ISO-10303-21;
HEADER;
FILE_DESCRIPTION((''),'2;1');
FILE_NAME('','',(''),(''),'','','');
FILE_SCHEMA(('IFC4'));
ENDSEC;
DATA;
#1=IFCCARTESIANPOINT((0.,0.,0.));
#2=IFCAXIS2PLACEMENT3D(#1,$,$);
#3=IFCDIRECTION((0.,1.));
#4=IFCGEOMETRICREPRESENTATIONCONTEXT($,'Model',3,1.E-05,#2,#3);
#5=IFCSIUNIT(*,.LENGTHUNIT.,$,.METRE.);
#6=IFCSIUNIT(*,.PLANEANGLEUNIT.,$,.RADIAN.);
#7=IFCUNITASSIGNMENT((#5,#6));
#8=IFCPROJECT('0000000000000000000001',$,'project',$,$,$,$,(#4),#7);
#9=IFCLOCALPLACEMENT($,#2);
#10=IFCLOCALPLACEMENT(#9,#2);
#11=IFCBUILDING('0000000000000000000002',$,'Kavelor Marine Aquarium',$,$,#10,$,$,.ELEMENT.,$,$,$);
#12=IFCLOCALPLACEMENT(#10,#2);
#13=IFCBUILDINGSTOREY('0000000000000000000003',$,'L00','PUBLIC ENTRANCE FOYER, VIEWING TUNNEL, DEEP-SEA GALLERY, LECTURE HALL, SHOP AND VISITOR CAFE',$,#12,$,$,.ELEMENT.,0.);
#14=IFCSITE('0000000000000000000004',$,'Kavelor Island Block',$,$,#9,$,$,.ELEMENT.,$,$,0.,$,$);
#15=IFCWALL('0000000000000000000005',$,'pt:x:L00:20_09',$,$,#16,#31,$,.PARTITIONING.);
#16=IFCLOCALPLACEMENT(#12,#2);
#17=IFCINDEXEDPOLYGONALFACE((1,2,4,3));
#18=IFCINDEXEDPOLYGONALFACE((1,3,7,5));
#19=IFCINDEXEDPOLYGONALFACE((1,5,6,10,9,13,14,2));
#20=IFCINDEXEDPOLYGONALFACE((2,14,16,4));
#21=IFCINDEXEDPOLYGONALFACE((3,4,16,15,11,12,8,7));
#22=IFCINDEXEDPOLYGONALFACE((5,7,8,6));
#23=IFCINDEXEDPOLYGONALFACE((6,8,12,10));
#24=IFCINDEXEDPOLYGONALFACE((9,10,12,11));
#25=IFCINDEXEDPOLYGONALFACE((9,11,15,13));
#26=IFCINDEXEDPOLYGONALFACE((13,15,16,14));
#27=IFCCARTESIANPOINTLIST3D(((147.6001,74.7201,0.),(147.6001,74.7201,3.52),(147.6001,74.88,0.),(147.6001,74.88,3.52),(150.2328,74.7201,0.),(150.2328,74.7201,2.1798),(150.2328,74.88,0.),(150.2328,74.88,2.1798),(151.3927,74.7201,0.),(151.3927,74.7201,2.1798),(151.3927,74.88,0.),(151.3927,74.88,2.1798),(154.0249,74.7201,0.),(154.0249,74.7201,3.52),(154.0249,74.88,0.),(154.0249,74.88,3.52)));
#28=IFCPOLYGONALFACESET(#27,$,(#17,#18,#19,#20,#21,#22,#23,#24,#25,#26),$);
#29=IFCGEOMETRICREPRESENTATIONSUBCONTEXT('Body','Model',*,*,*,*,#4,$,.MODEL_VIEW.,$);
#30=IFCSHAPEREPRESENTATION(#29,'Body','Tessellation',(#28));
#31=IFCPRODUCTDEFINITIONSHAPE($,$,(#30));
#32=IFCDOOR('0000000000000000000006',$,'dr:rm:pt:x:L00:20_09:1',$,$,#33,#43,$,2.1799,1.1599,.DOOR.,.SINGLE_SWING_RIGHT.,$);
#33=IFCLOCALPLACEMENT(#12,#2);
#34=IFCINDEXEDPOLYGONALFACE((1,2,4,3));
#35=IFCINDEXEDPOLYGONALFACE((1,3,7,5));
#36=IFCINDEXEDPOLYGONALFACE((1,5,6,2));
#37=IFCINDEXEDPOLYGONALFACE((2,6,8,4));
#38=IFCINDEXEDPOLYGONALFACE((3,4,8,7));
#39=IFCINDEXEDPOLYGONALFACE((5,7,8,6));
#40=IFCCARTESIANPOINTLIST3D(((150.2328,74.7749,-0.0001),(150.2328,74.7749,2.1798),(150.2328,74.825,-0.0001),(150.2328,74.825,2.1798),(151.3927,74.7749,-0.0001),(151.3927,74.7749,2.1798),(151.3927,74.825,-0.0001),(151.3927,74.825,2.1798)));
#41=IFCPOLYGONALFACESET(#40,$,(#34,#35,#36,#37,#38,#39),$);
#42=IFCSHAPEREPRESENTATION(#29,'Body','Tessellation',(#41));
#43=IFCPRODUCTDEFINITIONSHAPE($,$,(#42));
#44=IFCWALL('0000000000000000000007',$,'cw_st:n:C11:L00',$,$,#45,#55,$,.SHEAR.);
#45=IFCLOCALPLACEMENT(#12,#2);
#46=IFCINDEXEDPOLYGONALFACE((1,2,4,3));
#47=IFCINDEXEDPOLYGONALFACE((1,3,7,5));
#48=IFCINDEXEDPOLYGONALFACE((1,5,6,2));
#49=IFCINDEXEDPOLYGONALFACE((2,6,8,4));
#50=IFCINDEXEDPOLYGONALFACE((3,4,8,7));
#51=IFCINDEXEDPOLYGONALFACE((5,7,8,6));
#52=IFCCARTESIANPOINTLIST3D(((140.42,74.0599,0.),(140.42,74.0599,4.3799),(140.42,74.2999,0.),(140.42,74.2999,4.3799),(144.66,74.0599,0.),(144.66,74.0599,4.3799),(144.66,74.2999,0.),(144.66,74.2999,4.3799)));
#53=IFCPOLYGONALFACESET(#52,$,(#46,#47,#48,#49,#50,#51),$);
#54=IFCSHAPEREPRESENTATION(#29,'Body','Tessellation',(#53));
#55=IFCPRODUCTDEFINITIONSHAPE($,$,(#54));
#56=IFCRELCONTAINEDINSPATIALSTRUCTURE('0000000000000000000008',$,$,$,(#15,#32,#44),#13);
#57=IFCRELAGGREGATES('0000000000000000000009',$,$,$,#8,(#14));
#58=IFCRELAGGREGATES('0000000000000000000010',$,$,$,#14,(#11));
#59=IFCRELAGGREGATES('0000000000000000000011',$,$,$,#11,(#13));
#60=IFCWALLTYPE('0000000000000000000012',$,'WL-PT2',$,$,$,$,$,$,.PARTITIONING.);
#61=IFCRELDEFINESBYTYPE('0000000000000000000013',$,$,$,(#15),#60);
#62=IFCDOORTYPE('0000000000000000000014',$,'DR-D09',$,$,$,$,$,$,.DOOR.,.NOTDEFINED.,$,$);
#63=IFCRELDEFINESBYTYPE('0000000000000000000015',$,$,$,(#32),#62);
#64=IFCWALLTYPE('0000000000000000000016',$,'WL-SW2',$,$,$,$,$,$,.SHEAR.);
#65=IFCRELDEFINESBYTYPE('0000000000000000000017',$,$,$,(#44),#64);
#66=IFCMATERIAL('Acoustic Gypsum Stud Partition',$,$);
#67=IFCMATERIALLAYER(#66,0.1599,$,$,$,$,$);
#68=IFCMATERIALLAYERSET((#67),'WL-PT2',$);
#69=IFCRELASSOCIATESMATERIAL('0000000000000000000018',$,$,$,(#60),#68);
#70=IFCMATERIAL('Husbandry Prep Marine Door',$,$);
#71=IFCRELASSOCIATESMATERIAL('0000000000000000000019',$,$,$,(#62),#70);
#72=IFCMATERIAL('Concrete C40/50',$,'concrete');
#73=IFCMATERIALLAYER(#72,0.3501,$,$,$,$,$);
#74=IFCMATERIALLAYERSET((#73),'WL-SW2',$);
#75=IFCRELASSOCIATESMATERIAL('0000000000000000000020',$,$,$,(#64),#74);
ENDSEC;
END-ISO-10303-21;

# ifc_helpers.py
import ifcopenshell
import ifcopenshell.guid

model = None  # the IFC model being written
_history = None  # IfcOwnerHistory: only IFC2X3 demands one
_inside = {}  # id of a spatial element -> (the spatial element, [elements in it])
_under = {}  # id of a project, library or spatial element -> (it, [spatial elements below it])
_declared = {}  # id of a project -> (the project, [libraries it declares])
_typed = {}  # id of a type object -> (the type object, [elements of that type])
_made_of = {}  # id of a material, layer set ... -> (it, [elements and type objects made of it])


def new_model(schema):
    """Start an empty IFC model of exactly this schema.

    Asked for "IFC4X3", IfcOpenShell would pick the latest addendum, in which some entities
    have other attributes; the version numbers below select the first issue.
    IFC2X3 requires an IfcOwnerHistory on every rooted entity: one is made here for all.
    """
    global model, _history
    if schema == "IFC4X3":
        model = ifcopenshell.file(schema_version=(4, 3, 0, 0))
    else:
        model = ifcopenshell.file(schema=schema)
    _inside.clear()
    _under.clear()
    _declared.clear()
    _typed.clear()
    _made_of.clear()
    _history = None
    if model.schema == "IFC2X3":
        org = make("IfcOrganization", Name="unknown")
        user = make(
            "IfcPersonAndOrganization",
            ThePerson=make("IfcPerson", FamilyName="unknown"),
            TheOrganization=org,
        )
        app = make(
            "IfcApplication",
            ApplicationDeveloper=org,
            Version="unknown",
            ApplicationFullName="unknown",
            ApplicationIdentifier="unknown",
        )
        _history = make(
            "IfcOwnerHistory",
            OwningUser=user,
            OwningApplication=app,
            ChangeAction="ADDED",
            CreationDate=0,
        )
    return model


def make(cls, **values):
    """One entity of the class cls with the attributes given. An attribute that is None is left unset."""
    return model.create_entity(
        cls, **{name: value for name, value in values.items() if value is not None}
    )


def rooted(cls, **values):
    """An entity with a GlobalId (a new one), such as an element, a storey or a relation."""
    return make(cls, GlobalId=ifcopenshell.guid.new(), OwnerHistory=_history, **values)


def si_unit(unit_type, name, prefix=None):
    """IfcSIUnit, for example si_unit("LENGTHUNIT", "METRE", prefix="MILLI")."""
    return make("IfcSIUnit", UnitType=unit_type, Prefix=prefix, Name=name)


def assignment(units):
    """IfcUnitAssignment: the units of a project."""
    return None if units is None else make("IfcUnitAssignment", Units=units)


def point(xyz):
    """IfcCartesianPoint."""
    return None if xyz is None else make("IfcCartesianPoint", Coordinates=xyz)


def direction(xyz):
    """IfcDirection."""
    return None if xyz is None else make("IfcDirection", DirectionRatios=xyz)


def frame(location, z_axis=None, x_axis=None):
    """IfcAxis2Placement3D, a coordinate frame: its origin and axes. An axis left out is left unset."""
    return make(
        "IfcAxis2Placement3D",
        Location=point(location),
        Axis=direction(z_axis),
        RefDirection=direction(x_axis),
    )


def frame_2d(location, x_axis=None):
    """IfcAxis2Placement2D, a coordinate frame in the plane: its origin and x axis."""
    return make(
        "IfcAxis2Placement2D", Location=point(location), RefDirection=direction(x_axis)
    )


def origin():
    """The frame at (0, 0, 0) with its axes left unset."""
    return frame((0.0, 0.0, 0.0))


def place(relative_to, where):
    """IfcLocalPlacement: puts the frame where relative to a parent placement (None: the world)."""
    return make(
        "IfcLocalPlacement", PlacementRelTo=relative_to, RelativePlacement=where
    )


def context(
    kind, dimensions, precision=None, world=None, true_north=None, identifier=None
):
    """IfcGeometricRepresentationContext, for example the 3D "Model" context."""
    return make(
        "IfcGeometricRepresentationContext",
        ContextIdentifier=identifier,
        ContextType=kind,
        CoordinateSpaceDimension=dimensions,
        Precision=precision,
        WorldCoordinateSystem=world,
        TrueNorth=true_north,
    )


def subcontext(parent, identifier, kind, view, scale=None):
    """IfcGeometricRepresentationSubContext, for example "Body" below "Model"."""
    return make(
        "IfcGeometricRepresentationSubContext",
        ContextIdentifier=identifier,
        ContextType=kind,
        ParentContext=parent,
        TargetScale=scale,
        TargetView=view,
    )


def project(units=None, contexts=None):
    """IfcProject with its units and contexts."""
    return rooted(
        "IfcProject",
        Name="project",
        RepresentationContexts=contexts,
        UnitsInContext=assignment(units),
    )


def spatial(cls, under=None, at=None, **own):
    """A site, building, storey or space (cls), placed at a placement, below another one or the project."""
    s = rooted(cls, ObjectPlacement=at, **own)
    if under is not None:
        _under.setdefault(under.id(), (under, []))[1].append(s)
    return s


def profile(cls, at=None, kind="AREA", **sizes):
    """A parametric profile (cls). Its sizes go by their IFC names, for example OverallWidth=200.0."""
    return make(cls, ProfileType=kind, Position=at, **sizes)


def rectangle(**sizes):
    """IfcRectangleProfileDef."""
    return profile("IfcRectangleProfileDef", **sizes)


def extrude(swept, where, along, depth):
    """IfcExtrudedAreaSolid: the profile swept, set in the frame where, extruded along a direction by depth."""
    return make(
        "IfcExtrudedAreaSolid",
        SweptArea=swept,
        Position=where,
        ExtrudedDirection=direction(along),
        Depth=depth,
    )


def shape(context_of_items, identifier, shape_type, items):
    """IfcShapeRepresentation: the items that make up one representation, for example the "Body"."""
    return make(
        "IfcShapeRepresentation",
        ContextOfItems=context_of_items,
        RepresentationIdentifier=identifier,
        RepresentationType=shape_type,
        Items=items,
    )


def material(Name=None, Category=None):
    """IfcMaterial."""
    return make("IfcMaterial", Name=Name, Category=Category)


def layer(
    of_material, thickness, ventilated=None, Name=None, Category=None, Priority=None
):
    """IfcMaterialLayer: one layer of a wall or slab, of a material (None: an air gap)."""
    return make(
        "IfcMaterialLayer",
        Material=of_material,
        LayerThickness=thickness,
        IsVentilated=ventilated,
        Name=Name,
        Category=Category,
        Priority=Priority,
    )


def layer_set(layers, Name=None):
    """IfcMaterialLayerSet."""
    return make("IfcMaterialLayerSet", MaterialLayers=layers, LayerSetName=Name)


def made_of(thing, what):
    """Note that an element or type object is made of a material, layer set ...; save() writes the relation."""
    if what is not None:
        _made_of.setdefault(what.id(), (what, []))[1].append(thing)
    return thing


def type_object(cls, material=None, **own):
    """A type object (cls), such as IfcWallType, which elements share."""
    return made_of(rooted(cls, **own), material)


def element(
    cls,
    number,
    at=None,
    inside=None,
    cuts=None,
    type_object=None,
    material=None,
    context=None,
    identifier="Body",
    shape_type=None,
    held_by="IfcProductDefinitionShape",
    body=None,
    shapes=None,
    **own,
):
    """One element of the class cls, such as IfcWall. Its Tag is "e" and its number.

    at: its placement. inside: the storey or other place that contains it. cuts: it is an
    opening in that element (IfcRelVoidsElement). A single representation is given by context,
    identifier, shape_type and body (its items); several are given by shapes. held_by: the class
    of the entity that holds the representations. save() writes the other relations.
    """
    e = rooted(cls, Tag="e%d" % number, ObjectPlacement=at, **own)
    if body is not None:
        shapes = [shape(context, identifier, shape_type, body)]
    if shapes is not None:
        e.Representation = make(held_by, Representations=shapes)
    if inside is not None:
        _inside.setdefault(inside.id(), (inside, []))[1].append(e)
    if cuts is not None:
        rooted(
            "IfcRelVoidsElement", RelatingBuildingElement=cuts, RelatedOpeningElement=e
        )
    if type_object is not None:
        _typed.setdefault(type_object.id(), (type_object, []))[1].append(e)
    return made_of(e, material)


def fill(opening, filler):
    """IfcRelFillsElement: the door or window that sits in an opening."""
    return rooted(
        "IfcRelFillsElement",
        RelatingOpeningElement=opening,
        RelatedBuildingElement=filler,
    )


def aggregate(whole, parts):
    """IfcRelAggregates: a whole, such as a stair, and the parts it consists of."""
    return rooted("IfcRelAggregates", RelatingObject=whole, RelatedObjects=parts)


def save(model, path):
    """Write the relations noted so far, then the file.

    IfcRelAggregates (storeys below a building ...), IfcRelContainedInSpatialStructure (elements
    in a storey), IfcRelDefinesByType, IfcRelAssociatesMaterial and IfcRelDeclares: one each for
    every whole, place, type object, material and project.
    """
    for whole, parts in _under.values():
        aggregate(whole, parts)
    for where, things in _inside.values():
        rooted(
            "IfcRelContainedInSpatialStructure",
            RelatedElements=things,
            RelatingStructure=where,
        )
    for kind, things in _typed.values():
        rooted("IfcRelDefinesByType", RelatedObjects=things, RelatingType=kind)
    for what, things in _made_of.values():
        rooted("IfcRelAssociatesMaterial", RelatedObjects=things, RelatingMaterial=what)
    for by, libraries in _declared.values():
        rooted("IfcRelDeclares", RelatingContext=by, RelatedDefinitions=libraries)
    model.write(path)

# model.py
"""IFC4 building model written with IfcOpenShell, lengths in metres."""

from ifc_helpers import new_model, si_unit, direction, frame, frame_2d, origin, place, context, subcontext, project, spatial, rectangle, extrude, material, layer, layer_set, type_object, element, fill, save


model = new_model("IFC4")

# Units and contexts
model_context = context("Model", 3, precision=1e-05, world=origin(), true_north=direction((0.0, 1.0)))
body_context = subcontext(model_context, "Body", "Model", "MODEL_VIEW")
ifc_project = project(units=[si_unit("LENGTHUNIT", "METRE"), si_unit("PLANEANGLEUNIT", "RADIAN")], contexts=[model_context])

# Site, building, storey
site_placement = place(None, origin())
site = spatial("IfcSite", under=ifc_project, at=site_placement, Name="Kavelor Island Block", CompositionType="ELEMENT", RefElevation=0.0)
building_placement = place(site_placement, origin())
building = spatial("IfcBuilding", under=site, at=building_placement, Name="Kavelor Marine Aquarium", CompositionType="ELEMENT")
storey_placement = place(building_placement, origin())
storey = spatial("IfcBuildingStorey", under=building, at=storey_placement, Name="L00", Description="PUBLIC ENTRANCE FOYER, VIEWING TUNNEL, DEEP-SEA GALLERY, LECTURE HALL, SHOP AND VISITOR CAFE", CompositionType="ELEMENT", Elevation=0.0)

# Wall, opening, door
ifc_material_1 = material(Name="Acoustic Gypsum Stud Partition")
ifc_layer_1 = layer(ifc_material_1, 0.1599)
ifc_layer_set_1 = layer_set([ifc_layer_1], Name="WL-PT2")
wall_type_1 = type_object("IfcWallType", Name="WL-PT2", PredefinedType="PARTITIONING", material=ifc_layer_set_1)
wall_1_placement = place(storey_placement, frame((147.6001, 74.8, 0.0), z_axis=(0.0, 0.0, 1.0), x_axis=(1.0, 0.0, 0.0)))
wall_1 = element("IfcWall", 1, at=wall_1_placement, inside=storey, type_object=wall_type_1, Name="pt:x:L00:20_09", PredefinedType="PARTITIONING", context=body_context, shape_type="SweptSolid", body=[
    extrude(rectangle(XDim=6.4248, YDim=0.1599, at=frame_2d((3.2124, 0.0))), origin(), (0.0, 0.0, 1.0), 3.52),
])
opening_1_placement = place(wall_1_placement, frame((2.6326, 0.0, 0.0)))
opening_1 = element("IfcOpeningElement", 2, at=opening_1_placement, cuts=wall_1, PredefinedType="OPENING", context=body_context, shape_type="SweptSolid", body=[
    extrude(rectangle(XDim=1.1599, YDim=2.1799, at=frame_2d((0.5801, 1.0898))), frame((0.0, 0.0898, 0.0), z_axis=(0.0, -1.0, 0.0), x_axis=(1.0, 0.0, 0.0)), (0.0, 0.0, 1.0), 0.1799),
])
ifc_material_2 = material(Name="Husbandry Prep Marine Door")
door_type_1 = type_object("IfcDoorType", Name="DR-D09", OperationType="NOTDEFINED", PredefinedType="DOOR", material=ifc_material_2)
door_1_placement = place(opening_1_placement, origin())
door_1 = element("IfcDoor", 3, at=door_1_placement, inside=storey, type_object=door_type_1, Name="dr:rm:pt:x:L00:20_09:1", OperationType="SINGLE_SWING_RIGHT", OverallHeight=2.1799, OverallWidth=1.1599, PredefinedType="DOOR", context=body_context, shape_type="SweptSolid", body=[
    extrude(rectangle(XDim=1.1599, YDim=2.1799, at=frame_2d((0.5801, 1.0898))), frame((0.0, 0.0249, 0.0), z_axis=(0.0, -1.0, 0.0), x_axis=(1.0, 0.0, 0.0)), (0.0, 0.0, 1.0), 0.05),
])
fill(opening_1, door_1)

# Wall
ifc_material_3 = material(Name="Concrete C40/50", Category="concrete")
ifc_layer_2 = layer(ifc_material_3, 0.3501)
ifc_layer_set_2 = layer_set([ifc_layer_2], Name="WL-SW2")
wall_type_2 = type_object("IfcWallType", Name="WL-SW2", PredefinedType="SHEAR", material=ifc_layer_set_2)
wall_2_placement = place(storey_placement, frame((140.4199, 74.1799, 0.0), z_axis=(0.0, 0.0, 1.0), x_axis=(1.0, 0.0, 0.0)))
element("IfcWall", 4, at=wall_2_placement, inside=storey, type_object=wall_type_2, Name="cw_st:n:C11:L00", PredefinedType="SHEAR", context=body_context, shape_type="SweptSolid", body=[
    extrude(rectangle(XDim=4.24, YDim=0.24, at=frame_2d((2.1201, 0.0))), origin(), (0.0, 0.0, 1.0), 4.3799),
])

save(model, "model.ifc")
